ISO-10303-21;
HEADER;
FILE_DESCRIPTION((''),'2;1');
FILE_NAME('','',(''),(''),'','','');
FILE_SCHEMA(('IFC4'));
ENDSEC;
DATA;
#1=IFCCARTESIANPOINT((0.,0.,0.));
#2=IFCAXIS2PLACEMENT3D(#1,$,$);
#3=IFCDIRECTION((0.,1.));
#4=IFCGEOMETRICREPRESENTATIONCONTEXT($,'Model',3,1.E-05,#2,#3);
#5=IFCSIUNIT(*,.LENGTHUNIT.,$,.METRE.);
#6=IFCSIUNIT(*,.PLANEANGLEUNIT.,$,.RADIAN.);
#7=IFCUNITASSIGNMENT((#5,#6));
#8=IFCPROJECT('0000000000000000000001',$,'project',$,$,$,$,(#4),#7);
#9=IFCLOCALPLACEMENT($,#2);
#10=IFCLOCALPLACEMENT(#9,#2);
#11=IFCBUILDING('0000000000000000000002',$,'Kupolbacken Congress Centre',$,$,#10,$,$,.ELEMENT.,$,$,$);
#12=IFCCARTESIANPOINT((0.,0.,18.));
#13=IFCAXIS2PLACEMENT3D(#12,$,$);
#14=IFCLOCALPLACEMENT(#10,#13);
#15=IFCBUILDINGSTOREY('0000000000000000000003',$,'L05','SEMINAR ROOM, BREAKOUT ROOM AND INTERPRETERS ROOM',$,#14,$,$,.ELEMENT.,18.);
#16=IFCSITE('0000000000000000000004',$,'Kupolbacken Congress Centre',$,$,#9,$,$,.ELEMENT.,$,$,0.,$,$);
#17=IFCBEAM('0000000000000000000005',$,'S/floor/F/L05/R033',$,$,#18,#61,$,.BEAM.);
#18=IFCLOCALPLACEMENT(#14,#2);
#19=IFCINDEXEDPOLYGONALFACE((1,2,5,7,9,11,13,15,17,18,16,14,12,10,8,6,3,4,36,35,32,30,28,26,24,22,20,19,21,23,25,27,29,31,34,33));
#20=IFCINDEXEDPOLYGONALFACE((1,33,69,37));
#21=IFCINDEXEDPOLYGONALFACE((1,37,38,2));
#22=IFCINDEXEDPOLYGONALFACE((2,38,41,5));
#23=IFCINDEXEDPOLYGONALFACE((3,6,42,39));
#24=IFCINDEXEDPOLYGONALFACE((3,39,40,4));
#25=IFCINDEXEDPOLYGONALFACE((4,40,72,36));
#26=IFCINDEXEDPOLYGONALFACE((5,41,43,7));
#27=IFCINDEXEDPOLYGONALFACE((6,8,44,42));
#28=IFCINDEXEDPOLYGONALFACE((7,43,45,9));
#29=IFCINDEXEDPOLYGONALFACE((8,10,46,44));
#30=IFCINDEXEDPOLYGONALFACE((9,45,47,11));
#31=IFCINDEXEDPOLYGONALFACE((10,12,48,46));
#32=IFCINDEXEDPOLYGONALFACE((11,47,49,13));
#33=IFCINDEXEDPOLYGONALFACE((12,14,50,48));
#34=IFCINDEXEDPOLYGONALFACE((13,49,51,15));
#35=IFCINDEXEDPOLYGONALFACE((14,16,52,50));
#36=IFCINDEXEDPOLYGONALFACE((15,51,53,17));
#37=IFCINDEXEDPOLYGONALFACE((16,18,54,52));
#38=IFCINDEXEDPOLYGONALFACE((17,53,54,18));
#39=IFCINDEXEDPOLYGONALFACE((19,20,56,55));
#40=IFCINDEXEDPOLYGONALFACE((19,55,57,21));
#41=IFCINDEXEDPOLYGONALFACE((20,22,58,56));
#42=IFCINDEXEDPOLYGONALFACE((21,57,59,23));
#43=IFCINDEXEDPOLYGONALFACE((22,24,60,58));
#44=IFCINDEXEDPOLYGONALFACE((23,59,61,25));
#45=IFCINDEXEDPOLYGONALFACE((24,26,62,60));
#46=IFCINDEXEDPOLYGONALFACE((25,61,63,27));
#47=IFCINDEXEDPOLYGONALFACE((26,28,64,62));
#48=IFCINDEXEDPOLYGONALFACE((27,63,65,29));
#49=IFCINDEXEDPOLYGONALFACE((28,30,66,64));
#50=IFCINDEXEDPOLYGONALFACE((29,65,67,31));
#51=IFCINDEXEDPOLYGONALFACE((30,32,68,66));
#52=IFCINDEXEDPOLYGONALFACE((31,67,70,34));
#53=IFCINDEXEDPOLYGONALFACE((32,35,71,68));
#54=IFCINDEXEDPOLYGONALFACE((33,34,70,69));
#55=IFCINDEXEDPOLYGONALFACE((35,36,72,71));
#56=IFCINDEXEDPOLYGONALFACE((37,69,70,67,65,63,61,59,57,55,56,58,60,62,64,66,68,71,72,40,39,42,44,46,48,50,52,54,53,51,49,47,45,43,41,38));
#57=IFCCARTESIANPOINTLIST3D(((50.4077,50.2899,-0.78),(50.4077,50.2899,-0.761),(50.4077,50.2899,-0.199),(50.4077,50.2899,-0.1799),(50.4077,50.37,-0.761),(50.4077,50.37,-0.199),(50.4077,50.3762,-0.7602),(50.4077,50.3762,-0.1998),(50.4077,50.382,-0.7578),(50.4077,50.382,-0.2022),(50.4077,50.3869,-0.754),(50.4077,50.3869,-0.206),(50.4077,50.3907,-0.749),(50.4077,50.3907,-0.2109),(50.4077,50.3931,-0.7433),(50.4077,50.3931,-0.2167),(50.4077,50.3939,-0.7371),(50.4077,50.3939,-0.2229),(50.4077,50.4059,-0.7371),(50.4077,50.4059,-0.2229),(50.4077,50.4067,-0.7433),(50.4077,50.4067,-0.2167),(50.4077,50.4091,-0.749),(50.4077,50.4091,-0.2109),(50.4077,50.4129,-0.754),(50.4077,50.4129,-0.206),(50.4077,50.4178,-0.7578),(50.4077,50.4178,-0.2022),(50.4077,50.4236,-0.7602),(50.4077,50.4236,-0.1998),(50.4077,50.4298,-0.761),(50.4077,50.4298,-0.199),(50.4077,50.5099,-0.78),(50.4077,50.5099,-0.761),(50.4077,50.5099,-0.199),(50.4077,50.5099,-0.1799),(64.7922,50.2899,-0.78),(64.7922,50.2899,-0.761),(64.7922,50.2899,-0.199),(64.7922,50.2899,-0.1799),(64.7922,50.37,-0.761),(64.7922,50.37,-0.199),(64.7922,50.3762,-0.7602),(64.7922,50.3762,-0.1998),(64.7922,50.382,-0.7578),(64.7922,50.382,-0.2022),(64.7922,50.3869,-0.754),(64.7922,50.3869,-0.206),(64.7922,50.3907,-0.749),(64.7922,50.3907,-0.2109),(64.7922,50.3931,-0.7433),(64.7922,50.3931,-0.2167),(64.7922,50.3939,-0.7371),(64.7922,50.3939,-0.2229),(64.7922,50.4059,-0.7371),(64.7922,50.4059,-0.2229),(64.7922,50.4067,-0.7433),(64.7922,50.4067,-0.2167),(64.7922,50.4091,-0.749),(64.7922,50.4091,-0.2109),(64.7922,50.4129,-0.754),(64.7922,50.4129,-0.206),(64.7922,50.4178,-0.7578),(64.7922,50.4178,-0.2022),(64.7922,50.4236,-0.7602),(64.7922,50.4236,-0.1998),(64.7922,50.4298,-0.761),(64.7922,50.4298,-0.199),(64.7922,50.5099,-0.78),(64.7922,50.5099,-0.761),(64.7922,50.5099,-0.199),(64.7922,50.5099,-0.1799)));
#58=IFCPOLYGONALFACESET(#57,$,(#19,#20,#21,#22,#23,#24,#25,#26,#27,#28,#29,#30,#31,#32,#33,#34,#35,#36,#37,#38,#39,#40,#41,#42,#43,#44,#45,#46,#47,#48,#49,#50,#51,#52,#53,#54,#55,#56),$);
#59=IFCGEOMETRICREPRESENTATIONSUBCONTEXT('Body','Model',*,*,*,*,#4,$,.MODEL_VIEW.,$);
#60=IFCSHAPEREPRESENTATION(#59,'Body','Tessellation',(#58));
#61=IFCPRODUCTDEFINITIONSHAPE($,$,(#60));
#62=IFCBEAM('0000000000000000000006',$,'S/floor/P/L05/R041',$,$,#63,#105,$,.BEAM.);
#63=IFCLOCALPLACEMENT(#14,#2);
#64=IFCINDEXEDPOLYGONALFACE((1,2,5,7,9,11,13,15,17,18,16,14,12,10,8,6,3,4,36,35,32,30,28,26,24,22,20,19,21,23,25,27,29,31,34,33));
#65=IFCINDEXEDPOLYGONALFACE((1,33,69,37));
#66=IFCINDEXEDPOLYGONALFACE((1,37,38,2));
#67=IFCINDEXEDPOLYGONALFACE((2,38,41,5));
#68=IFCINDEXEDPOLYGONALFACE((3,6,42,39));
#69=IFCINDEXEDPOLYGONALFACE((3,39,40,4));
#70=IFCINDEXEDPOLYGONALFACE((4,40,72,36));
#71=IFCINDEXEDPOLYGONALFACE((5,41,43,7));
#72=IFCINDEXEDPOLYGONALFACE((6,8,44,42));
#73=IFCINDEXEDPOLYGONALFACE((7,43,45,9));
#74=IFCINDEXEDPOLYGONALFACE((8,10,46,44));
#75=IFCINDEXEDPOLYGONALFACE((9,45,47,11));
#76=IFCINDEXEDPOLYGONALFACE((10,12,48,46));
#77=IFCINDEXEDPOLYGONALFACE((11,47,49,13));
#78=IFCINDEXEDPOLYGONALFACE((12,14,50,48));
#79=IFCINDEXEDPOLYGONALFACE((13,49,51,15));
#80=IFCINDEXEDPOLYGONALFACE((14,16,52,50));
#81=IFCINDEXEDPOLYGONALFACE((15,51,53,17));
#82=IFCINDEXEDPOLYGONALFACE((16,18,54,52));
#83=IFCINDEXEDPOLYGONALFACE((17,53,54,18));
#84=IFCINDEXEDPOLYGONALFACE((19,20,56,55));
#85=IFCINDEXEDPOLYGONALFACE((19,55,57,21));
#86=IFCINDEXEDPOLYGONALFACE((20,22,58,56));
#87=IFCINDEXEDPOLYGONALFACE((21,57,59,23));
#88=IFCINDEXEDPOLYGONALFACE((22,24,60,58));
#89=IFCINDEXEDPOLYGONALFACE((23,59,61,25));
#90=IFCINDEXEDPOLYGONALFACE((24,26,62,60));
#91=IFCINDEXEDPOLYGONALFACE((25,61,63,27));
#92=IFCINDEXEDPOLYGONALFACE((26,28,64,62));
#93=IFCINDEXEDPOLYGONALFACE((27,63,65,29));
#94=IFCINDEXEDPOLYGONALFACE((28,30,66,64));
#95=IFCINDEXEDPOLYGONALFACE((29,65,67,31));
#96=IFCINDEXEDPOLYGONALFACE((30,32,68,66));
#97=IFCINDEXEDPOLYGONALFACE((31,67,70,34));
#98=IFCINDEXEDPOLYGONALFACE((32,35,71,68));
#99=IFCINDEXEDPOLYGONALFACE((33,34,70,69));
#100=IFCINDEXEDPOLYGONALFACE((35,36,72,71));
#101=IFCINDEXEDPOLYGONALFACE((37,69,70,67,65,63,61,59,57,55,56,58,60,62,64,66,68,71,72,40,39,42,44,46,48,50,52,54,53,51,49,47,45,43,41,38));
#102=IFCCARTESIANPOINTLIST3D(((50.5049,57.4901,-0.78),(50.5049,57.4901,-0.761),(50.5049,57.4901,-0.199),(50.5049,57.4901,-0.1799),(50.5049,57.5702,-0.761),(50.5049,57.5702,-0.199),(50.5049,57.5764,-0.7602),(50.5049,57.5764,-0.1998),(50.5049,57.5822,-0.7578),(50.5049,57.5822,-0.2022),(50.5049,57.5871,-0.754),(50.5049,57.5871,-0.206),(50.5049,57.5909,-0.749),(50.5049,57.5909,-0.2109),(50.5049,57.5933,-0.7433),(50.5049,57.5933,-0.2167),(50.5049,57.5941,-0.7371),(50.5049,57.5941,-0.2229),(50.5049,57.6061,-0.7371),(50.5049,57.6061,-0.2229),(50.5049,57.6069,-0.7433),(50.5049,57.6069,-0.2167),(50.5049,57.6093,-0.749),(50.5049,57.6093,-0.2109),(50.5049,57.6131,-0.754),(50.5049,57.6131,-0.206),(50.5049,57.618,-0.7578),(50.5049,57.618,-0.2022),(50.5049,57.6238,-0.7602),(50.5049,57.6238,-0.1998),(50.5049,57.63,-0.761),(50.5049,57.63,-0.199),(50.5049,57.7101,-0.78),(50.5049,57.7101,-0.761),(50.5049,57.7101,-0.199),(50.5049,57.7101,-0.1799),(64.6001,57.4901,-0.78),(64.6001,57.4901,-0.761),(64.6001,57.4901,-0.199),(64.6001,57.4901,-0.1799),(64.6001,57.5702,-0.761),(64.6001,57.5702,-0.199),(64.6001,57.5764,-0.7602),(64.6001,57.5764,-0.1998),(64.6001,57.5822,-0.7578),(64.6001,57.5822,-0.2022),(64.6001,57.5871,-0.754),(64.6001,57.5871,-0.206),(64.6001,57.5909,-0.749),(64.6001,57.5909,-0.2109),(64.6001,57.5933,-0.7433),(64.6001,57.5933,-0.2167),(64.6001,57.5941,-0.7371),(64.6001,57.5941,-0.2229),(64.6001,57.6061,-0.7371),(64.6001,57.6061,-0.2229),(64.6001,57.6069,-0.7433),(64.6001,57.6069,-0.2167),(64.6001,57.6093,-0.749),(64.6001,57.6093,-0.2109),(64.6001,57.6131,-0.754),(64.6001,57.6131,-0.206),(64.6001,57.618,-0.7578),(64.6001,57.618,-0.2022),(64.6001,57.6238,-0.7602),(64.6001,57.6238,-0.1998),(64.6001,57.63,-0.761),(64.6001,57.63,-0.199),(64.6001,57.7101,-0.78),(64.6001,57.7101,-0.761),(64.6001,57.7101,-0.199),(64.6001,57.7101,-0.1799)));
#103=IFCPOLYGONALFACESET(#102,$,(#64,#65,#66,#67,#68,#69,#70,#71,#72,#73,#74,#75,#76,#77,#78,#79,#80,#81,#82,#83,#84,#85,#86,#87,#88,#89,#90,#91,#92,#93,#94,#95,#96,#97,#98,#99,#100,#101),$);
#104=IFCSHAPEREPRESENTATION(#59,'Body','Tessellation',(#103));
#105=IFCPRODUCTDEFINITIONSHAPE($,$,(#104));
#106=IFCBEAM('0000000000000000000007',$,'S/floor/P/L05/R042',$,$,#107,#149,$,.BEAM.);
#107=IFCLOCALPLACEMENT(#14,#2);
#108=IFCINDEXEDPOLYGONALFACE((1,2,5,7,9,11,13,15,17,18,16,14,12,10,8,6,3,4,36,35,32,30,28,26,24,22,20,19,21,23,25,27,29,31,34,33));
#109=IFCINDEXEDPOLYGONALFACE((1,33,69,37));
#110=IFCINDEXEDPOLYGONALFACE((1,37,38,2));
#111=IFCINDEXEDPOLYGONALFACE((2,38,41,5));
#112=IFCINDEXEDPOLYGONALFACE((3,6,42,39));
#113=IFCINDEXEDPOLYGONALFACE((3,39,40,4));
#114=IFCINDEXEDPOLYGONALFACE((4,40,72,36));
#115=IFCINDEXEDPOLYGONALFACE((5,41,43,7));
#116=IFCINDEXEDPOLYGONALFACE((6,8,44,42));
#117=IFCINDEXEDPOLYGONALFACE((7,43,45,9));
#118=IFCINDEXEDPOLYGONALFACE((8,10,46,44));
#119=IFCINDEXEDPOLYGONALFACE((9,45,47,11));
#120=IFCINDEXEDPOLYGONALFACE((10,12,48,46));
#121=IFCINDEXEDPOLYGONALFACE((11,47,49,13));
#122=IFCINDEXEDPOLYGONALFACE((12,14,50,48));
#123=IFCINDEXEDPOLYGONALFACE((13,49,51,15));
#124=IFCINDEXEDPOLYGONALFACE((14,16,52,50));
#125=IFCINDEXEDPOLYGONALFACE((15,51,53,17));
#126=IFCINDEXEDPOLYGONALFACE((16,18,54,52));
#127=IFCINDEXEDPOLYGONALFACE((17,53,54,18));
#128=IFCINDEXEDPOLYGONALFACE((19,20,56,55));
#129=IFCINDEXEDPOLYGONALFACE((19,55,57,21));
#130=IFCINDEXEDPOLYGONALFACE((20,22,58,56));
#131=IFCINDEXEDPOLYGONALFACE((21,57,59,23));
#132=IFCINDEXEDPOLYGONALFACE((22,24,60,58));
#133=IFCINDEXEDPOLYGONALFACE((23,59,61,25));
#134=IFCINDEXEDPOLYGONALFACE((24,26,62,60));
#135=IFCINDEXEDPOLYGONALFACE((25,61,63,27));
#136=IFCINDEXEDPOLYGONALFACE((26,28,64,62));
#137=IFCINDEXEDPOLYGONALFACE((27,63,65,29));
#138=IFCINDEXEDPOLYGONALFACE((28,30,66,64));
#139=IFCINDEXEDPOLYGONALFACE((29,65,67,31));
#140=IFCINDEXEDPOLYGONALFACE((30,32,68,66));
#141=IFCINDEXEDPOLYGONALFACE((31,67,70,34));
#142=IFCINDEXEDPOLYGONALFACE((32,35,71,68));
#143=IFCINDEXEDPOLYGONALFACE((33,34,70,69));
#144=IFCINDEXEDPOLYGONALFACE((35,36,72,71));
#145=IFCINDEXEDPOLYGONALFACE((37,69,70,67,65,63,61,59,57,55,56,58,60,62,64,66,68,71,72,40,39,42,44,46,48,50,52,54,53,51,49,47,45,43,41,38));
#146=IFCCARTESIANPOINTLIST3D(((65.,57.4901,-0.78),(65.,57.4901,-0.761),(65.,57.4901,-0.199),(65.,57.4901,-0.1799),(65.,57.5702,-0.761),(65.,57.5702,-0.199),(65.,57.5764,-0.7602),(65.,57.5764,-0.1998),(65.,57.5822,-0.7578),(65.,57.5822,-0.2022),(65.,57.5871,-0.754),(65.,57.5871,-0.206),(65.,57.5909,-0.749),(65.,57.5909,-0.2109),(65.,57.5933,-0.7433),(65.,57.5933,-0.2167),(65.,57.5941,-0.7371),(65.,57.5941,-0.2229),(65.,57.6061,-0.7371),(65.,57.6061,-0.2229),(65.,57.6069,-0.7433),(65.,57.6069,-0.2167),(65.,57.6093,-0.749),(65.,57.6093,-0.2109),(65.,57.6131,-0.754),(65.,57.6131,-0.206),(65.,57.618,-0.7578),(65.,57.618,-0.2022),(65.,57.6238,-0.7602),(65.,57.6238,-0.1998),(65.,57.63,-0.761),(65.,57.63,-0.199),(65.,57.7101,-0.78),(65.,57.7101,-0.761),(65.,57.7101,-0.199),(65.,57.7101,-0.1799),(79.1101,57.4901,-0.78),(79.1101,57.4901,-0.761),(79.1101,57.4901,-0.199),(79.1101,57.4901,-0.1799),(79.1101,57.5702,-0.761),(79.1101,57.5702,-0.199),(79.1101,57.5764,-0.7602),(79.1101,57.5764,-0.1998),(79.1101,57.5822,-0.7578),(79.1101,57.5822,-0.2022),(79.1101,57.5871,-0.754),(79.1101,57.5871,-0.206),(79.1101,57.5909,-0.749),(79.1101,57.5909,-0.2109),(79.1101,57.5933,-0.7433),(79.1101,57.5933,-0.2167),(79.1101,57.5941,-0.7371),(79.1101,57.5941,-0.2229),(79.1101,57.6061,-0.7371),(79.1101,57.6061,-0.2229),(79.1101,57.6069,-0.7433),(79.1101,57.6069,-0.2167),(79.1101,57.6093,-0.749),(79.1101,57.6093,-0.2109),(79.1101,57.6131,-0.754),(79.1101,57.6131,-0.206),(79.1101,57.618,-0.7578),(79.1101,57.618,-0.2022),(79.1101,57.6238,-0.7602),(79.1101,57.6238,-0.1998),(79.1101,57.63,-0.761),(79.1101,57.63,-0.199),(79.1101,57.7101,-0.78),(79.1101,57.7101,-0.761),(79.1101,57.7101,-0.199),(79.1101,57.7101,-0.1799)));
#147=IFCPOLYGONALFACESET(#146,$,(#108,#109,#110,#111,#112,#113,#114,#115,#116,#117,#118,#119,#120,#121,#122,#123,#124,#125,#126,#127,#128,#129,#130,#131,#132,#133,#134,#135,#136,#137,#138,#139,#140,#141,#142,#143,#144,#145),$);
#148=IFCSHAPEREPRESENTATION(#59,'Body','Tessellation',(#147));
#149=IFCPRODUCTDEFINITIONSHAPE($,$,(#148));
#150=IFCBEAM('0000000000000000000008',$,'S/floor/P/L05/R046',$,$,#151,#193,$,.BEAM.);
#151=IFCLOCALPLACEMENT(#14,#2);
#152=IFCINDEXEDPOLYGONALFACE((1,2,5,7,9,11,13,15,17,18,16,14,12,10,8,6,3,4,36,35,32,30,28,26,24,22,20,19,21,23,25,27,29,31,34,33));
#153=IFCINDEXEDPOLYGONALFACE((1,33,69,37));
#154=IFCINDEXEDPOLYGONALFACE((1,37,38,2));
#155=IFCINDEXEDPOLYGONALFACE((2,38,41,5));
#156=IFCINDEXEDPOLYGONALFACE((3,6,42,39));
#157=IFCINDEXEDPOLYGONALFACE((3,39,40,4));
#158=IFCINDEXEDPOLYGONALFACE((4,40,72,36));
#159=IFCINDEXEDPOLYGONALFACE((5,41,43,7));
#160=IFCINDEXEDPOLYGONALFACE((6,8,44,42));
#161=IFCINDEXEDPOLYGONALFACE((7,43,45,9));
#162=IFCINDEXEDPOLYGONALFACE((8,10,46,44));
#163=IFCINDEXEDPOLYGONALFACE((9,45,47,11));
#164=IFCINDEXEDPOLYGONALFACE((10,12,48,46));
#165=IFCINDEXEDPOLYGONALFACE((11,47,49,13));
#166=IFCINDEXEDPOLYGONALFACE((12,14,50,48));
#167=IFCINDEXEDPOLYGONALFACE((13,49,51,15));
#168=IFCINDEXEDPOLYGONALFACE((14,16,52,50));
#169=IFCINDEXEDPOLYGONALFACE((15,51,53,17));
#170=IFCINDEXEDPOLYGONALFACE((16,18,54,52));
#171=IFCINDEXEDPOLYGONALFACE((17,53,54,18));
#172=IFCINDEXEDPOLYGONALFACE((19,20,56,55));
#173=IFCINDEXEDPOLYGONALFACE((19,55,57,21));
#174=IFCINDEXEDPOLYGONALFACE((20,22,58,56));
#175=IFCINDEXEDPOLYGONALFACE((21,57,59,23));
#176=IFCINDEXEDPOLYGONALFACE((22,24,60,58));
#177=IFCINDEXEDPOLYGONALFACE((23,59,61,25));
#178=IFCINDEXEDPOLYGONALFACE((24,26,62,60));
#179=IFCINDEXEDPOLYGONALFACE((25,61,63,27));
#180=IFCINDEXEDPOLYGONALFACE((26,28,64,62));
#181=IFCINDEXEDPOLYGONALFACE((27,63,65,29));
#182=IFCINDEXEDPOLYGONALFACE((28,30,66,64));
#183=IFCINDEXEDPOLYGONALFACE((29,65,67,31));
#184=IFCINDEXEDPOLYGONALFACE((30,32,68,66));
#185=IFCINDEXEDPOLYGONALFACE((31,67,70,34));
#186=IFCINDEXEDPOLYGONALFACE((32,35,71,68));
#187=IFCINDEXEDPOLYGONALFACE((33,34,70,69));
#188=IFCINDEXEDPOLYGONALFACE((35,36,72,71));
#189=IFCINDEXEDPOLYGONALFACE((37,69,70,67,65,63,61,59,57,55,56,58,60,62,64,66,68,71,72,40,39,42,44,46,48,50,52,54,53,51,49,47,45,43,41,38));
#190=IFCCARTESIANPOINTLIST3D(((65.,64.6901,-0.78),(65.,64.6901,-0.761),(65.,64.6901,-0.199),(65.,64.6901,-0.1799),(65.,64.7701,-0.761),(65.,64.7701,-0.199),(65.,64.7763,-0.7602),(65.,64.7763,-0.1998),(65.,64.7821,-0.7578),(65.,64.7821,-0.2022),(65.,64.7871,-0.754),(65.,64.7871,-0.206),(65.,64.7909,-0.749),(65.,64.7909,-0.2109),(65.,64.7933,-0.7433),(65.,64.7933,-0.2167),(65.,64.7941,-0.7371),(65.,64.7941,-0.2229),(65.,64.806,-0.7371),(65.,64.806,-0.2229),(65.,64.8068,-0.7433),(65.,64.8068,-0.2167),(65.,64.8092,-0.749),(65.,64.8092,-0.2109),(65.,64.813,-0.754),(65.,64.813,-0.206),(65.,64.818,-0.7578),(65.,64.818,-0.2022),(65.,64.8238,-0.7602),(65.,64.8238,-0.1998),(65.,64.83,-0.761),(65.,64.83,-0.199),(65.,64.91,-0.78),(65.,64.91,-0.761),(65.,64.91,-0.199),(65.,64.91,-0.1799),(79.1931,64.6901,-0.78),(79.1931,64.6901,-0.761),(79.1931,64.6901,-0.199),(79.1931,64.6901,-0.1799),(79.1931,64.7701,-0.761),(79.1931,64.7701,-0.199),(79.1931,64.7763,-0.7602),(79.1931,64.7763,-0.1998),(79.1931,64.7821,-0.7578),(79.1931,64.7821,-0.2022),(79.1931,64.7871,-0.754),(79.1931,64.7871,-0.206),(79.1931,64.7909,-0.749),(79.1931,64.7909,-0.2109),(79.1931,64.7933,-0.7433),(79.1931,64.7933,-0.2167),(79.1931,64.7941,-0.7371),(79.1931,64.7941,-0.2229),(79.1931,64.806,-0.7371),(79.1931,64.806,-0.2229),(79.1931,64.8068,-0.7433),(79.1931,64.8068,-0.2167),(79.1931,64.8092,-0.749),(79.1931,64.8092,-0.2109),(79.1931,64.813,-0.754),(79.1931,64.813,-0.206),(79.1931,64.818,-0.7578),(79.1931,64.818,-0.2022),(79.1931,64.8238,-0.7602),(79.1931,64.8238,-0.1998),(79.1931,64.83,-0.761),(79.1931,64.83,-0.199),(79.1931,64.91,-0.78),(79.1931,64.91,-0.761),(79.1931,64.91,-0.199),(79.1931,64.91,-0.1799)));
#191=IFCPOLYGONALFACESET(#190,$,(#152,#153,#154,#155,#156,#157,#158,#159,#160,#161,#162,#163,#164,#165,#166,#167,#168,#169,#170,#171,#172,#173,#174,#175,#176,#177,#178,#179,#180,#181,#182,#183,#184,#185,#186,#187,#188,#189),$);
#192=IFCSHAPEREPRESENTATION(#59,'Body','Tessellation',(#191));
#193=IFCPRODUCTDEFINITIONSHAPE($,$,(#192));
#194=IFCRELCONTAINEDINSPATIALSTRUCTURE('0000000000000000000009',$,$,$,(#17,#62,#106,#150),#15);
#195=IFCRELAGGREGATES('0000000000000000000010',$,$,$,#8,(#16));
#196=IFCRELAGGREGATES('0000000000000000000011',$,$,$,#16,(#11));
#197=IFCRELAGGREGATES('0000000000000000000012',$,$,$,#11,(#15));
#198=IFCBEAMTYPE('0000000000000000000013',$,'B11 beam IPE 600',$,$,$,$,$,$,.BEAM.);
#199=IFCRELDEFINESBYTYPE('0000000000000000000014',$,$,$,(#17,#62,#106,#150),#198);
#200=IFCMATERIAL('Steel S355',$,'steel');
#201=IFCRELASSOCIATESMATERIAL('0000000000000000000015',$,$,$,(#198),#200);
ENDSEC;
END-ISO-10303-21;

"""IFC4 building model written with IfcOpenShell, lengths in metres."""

from ifc_helpers import new_model, si_unit, direction, frame, origin, origin_2d, place, context, subcontext, project, spatial, i_section, extrude, material, material_profile, profile_set, type_object, element, save


model = new_model("IFC4")

# Units and contexts
model_context = context("Model", 3, precision=1e-05, world=origin(), true_north=direction((0.0, 1.0)))
body_context = subcontext(model_context, "Body", "Model", "MODEL_VIEW")
ifc_project = project(units=[si_unit("LENGTHUNIT", "METRE"), si_unit("PLANEANGLEUNIT", "RADIAN")], contexts=[model_context])

# Site, building, storey
site_placement = place(None, origin())
site = spatial("IfcSite", under=ifc_project, at=site_placement, Name="Kupolbacken Congress Centre", CompositionType="ELEMENT", RefElevation=0.0)
building_placement = place(site_placement, origin())
building = spatial("IfcBuilding", under=site, at=building_placement, Name="Kupolbacken Congress Centre", CompositionType="ELEMENT")
storey_placement = place(building_placement, frame((0.0, 0.0, 18.0)))
storey = spatial("IfcBuildingStorey", under=building, at=storey_placement, Name="L05", Description="SEMINAR ROOM, BREAKOUT ROOM AND INTERPRETERS ROOM", CompositionType="ELEMENT", Elevation=18.0)

# Beams
ifc_material_1 = material(Name="Steel S355", Category="steel")
ifc_material_profile_1 = material_profile(ifc_material_1, i_section(OverallWidth=0.22, OverallDepth=0.6001, WebThickness=0.012, FlangeThickness=0.019, FilletRadius=0.0239, at=origin_2d()), Name="IPE 600")
ifc_profile_set_1 = profile_set([ifc_material_profile_1], Name="Steel S355")
beam_type_1 = type_object("IfcBeamType", Name="B11 beam IPE 600", PredefinedType="BEAM", material=ifc_profile_set_1)
beam_1_placement = place(storey_placement, frame((50.4077, 50.3999, -0.48), z_axis=(1.0, 0.0, 0.0), x_axis=(0.0, 1.0, 0.0)))
element("IfcBeam", 1, at=beam_1_placement, inside=storey, type_object=beam_type_1, Name="S/floor/F/L05/R033", PredefinedType="BEAM", context=body_context, shape_type="SweptSolid", body=[
    extrude(i_section(OverallWidth=0.22, OverallDepth=0.6001, WebThickness=0.012, FlangeThickness=0.019, FilletRadius=0.0239, at=origin_2d()), origin(), (0.0, 0.0, 1.0), 14.3845),
])
beam_2_placement = place(storey_placement, frame((50.5049, 57.6001, -0.48), z_axis=(1.0, 0.0, 0.0), x_axis=(0.0, 1.0, 0.0)))
element("IfcBeam", 2, at=beam_2_placement, inside=storey, type_object=beam_type_1, Name="S/floor/P/L05/R041", PredefinedType="BEAM", context=body_context, shape_type="SweptSolid", body=[
    extrude(i_section(OverallWidth=0.22, OverallDepth=0.6001, WebThickness=0.012, FlangeThickness=0.019, FilletRadius=0.0239, at=origin_2d()), origin(), (0.0, 0.0, 1.0), 14.0952),
])
beam_3_placement = place(storey_placement, frame((65.0, 57.6001, -0.48), z_axis=(1.0, 0.0, 0.0), x_axis=(0.0, 1.0, 0.0)))
element("IfcBeam", 3, at=beam_3_placement, inside=storey, type_object=beam_type_1, Name="S/floor/P/L05/R042", PredefinedType="BEAM", context=body_context, shape_type="SweptSolid", body=[
    extrude(i_section(OverallWidth=0.22, OverallDepth=0.6001, WebThickness=0.012, FlangeThickness=0.019, FilletRadius=0.0239, at=origin_2d()), origin(), (0.0, 0.0, 1.0), 14.1101),
])
beam_4_placement = place(storey_placement, frame((65.0, 64.8, -0.48), z_axis=(1.0, 0.0, 0.0), x_axis=(0.0, 1.0, 0.0)))
element("IfcBeam", 4, at=beam_4_placement, inside=storey, type_object=beam_type_1, Name="S/floor/P/L05/R046", PredefinedType="BEAM", context=body_context, shape_type="SweptSolid", body=[
    extrude(i_section(OverallWidth=0.22, OverallDepth=0.6001, WebThickness=0.012, FlangeThickness=0.019, FilletRadius=0.0239, at=origin_2d()), origin(), (0.0, 0.0, 1.0), 14.1931),
])

save(model, "model.ifc")
